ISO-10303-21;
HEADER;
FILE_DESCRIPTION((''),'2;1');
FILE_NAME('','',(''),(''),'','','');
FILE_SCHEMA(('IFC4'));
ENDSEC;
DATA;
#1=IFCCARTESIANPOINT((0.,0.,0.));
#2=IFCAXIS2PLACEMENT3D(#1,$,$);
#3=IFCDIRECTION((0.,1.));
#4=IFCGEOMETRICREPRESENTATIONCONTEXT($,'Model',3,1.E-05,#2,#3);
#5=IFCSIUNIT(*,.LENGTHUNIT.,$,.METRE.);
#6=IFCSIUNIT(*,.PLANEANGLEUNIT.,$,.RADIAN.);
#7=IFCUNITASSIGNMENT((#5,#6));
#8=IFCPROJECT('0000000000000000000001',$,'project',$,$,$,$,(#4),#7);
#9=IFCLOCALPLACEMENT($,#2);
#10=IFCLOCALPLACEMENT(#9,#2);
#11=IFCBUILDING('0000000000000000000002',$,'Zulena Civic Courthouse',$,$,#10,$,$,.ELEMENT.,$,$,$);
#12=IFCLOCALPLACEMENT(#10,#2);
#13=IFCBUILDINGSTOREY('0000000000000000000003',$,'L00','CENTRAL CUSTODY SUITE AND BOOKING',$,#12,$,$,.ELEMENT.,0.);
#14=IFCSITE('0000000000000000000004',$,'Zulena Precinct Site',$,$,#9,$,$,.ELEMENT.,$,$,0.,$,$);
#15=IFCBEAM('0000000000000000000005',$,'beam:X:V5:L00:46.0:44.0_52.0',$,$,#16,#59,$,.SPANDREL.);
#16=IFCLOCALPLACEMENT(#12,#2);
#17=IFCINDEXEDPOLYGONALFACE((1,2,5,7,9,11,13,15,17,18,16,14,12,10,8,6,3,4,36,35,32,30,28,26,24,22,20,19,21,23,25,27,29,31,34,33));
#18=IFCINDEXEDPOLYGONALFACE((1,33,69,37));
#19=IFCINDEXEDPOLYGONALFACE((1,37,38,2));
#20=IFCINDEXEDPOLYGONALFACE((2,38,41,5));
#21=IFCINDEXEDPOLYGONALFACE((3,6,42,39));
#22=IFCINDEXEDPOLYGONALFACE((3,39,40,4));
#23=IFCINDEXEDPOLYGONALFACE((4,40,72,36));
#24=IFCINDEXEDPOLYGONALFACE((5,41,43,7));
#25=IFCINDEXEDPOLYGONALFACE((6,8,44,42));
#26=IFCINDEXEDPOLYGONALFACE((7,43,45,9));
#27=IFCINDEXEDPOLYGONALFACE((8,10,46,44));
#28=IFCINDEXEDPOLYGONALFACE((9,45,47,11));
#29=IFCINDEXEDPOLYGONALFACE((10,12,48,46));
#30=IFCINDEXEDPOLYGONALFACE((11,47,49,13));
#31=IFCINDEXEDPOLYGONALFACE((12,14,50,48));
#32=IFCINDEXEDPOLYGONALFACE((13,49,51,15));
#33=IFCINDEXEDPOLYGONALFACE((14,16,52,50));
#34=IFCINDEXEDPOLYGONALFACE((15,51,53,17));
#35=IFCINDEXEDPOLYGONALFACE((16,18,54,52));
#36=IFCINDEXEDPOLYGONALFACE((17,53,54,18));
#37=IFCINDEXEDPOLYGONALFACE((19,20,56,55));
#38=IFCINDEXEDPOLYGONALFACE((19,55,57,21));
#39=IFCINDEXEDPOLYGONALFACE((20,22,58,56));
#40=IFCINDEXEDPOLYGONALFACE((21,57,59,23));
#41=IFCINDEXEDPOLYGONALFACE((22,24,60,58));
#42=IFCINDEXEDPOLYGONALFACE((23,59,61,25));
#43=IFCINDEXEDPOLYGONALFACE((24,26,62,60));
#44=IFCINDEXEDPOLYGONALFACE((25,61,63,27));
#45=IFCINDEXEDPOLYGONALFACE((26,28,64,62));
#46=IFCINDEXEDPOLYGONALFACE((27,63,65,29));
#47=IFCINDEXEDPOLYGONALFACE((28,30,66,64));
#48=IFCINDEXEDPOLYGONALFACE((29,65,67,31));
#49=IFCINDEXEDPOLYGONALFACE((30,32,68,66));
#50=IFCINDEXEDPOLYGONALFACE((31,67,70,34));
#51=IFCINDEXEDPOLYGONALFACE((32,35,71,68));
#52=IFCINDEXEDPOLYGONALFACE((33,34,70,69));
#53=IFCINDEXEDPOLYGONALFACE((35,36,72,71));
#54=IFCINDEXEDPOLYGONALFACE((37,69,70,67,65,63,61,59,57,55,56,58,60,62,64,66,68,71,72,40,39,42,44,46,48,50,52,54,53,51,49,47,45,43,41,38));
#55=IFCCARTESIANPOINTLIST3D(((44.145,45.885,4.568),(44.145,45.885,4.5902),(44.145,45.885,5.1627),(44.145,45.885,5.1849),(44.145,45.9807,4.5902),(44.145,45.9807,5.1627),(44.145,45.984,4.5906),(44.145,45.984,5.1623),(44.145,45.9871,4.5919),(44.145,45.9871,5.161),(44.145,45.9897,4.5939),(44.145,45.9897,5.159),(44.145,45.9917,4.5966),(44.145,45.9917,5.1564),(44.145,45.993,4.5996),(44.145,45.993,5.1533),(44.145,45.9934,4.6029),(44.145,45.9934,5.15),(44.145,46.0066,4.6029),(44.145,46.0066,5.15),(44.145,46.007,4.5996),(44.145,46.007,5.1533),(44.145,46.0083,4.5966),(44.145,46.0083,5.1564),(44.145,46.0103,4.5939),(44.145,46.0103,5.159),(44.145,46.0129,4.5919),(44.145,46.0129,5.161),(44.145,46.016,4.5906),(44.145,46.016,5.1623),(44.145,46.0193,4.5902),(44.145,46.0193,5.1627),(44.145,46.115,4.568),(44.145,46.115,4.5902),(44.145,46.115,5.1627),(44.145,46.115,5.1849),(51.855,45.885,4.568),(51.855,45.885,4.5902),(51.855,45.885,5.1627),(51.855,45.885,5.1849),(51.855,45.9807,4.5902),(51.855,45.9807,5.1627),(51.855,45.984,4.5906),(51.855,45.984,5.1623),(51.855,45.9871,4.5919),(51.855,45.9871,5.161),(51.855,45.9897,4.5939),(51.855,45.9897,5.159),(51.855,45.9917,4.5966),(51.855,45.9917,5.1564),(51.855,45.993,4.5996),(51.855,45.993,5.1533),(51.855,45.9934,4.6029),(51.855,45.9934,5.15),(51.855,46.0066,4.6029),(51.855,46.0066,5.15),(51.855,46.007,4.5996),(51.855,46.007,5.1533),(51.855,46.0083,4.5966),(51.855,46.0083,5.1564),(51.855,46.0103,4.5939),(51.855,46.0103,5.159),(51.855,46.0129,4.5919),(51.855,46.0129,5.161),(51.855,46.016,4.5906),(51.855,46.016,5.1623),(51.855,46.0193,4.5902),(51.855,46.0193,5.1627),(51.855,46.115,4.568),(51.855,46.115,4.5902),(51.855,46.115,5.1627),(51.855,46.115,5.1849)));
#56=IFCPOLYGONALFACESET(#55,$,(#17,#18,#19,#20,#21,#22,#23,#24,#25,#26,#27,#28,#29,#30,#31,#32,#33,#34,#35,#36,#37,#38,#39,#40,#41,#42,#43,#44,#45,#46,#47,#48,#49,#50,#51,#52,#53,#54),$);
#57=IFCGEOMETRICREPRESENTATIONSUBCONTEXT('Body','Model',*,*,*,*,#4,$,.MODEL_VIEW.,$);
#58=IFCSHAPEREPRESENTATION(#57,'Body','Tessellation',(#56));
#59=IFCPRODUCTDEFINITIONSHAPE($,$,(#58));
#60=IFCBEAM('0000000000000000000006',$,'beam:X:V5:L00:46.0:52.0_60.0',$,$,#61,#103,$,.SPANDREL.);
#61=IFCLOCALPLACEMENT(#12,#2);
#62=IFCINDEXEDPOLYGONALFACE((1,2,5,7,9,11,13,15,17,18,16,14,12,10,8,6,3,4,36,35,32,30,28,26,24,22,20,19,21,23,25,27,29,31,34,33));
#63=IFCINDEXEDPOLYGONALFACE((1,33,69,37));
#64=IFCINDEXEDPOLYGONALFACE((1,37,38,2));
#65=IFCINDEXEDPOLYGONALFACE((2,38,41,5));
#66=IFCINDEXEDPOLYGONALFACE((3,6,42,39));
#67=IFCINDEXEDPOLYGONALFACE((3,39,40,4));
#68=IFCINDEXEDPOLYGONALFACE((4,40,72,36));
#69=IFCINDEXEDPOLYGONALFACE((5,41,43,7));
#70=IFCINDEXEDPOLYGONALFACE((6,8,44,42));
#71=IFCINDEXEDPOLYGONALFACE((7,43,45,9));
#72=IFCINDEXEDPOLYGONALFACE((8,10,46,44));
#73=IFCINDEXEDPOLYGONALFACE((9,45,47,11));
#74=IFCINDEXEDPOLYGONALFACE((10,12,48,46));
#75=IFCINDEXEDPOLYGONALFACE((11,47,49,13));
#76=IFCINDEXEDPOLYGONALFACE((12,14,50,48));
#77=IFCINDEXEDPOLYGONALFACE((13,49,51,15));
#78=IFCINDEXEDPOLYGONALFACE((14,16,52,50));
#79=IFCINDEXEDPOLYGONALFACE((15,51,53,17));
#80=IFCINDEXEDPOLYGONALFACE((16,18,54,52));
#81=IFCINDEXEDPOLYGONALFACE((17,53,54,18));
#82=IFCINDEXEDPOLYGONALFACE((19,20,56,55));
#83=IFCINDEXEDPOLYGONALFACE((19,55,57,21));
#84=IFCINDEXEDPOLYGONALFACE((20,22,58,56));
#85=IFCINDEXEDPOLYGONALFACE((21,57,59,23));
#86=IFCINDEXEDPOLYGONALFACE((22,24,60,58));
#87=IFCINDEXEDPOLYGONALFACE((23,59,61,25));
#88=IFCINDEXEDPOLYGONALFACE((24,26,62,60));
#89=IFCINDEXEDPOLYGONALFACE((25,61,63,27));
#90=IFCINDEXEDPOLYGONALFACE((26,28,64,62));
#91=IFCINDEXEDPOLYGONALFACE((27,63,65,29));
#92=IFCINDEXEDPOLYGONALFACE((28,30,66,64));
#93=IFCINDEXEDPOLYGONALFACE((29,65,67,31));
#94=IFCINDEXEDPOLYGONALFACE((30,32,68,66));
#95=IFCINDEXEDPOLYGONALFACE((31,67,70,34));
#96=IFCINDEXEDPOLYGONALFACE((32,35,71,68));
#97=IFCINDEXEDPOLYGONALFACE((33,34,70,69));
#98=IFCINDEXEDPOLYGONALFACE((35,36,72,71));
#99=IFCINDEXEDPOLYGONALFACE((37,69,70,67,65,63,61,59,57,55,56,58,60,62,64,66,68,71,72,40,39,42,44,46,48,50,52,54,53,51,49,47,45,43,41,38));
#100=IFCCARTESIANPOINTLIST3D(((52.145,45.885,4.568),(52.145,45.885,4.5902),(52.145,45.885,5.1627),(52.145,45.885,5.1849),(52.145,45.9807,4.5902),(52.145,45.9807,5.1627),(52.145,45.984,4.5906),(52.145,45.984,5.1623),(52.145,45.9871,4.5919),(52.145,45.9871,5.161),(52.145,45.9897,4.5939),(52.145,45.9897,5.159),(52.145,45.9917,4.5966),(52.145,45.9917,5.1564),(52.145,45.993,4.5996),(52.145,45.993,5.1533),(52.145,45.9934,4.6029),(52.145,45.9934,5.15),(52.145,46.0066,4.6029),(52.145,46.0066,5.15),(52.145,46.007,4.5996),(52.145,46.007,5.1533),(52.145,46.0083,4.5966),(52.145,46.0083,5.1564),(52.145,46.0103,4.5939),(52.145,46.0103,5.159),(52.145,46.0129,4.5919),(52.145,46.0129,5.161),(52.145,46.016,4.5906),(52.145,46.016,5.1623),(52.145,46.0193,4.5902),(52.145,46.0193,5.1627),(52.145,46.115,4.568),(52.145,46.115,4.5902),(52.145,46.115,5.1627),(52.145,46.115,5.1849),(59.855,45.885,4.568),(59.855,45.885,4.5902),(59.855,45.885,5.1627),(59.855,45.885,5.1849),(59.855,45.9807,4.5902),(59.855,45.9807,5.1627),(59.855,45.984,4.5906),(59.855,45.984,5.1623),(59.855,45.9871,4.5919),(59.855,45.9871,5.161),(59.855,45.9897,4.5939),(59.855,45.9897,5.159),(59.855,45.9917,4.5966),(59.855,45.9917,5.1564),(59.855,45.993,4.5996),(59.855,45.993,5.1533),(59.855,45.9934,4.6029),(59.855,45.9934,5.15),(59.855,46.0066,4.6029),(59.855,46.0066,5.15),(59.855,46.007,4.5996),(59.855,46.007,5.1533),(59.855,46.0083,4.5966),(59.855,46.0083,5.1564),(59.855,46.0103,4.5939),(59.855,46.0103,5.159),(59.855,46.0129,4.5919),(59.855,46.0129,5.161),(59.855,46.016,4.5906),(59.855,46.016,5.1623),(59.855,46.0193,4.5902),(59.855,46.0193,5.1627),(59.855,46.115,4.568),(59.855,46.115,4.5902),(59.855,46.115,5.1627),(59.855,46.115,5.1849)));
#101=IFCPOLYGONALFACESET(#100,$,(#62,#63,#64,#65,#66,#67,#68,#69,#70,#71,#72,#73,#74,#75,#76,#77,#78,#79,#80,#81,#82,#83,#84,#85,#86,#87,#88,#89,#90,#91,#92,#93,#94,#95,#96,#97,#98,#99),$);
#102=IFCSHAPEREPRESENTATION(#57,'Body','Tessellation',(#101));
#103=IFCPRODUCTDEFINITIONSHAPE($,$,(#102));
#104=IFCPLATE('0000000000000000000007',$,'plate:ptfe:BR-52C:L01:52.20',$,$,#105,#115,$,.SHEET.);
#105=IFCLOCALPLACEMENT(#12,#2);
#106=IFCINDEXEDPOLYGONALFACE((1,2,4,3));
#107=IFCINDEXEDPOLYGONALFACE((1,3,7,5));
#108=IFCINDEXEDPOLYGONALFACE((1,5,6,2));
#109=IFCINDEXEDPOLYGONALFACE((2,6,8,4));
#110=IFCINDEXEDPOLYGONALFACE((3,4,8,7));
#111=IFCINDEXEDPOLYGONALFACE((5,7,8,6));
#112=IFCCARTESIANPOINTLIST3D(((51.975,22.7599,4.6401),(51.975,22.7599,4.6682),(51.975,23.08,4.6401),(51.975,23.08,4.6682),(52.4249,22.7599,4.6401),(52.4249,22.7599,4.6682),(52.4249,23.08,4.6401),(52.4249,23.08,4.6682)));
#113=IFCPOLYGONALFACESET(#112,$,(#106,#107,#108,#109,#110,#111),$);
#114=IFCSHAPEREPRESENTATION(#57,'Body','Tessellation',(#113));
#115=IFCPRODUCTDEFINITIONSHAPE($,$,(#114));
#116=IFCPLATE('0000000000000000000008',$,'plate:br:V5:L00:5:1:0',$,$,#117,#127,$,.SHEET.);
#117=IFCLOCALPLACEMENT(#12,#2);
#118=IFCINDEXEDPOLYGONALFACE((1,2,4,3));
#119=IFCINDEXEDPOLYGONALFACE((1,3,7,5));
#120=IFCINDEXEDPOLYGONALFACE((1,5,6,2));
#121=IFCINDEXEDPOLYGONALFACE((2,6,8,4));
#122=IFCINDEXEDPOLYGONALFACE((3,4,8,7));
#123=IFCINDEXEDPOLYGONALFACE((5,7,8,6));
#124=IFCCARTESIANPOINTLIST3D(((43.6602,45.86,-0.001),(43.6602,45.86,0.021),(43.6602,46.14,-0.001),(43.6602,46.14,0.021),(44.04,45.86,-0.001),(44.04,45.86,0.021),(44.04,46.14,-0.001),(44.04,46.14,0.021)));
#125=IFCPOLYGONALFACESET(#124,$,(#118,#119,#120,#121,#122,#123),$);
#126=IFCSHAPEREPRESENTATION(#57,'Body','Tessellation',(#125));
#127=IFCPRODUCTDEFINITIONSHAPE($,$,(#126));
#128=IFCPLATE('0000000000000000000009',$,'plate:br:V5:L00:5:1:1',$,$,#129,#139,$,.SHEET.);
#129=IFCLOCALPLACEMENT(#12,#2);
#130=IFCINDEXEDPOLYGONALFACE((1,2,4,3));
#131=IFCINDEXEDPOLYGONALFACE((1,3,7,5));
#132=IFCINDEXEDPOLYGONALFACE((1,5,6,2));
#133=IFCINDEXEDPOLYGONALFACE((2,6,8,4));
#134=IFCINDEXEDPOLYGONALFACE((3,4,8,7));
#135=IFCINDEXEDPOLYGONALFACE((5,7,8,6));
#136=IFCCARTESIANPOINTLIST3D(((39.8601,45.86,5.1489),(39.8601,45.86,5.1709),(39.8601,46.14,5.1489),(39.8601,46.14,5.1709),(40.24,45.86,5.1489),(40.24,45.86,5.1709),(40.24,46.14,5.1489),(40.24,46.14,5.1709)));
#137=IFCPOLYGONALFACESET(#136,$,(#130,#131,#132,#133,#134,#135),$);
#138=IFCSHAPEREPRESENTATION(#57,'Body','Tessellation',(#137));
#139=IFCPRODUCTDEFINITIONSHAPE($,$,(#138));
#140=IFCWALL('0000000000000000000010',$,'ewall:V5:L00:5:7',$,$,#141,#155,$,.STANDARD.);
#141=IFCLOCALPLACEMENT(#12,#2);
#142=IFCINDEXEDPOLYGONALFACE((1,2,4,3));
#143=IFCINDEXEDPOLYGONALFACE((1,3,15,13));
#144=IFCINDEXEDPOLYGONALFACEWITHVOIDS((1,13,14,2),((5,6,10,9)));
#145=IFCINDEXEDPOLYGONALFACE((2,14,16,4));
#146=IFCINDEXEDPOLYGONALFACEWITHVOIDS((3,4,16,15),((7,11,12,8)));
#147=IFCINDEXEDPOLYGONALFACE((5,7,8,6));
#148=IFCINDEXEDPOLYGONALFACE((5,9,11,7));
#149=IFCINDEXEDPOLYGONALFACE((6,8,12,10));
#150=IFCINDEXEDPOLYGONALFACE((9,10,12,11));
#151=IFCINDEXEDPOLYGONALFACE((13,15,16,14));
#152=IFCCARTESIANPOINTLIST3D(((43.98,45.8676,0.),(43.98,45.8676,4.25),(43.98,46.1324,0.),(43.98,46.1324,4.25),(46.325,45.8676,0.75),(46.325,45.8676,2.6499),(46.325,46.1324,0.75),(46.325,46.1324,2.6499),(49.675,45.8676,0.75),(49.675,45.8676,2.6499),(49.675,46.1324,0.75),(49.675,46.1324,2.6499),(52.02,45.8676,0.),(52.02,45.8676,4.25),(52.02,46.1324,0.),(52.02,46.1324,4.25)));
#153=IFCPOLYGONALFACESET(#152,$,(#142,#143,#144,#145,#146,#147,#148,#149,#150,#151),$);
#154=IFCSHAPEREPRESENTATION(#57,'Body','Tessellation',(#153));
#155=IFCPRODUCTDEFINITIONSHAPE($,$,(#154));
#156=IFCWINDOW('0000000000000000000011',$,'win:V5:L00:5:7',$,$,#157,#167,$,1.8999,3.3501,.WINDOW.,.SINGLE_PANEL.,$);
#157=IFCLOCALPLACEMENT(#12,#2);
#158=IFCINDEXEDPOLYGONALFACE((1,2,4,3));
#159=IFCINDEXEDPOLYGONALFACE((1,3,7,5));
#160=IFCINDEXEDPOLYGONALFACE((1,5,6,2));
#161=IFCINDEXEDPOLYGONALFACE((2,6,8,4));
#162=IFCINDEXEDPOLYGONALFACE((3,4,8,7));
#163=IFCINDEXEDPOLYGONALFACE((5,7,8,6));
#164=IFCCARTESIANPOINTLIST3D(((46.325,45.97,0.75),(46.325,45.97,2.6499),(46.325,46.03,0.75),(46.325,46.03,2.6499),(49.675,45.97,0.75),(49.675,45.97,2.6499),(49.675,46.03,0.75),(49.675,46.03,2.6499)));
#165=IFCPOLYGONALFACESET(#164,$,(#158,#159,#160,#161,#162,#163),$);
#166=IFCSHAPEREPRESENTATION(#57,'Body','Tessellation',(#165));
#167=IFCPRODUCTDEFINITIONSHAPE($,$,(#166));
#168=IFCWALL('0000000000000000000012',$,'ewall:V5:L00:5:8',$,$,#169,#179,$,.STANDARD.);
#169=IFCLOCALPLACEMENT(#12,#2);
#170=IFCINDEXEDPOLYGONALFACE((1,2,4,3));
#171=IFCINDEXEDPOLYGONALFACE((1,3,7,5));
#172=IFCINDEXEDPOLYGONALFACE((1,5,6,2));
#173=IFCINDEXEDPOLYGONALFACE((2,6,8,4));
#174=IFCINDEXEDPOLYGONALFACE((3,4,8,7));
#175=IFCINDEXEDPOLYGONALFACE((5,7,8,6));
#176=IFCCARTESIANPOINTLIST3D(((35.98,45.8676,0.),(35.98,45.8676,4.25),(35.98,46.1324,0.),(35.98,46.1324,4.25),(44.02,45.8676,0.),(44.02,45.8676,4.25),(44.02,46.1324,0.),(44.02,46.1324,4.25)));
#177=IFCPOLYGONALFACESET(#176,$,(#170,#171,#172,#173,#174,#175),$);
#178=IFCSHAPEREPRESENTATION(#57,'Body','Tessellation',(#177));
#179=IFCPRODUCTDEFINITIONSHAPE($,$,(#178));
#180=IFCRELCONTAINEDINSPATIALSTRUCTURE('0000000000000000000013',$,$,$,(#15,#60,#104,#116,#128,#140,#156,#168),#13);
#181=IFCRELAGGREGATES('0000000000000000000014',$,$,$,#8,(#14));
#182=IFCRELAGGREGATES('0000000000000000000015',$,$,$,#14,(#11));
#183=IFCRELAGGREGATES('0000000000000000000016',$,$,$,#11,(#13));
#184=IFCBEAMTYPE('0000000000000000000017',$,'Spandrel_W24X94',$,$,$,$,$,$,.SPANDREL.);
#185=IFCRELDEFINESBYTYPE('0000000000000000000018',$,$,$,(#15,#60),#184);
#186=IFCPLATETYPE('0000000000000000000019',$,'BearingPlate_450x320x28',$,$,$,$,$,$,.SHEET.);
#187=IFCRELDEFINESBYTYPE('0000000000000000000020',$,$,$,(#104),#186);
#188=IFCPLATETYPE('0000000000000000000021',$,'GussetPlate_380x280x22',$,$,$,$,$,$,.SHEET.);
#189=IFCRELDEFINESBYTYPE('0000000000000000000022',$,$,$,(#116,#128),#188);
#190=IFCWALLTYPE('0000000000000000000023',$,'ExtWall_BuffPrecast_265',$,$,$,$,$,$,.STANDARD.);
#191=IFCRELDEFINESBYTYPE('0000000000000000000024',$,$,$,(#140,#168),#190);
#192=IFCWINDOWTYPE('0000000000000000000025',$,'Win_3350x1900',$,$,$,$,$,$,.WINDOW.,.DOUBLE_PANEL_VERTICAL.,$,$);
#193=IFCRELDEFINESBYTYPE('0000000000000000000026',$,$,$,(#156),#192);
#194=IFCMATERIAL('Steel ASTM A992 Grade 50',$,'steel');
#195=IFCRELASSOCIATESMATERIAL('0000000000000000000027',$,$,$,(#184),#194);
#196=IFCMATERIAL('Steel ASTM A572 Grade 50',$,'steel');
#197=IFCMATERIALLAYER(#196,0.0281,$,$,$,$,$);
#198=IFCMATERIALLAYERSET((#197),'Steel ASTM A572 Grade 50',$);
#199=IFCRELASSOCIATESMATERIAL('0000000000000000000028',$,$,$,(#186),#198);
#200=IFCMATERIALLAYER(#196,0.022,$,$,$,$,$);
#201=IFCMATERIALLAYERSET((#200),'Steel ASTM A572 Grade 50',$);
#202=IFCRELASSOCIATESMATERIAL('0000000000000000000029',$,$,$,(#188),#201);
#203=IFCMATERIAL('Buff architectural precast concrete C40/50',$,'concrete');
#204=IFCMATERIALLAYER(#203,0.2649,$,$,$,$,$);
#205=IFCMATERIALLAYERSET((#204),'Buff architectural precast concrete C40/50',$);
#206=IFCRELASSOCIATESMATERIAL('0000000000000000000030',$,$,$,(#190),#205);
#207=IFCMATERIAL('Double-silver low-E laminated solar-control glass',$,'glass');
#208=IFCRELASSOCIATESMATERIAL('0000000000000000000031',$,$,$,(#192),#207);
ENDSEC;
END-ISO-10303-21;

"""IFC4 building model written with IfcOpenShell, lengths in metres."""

from ifc_helpers import new_model, si_unit, direction, frame, frame_2d, origin, origin_2d, place, context, subcontext, project, spatial, rectangle, i_section, extrude, material, layer, layer_set, material_profile, profile_set, type_object, element, fill, save


model = new_model("IFC4")

# Units and contexts
model_context = context("Model", 3, precision=1e-05, world=origin(), true_north=direction((0.0, 1.0)))
body_context = subcontext(model_context, "Body", "Model", "MODEL_VIEW")
ifc_project = project(units=[si_unit("LENGTHUNIT", "METRE"), si_unit("PLANEANGLEUNIT", "RADIAN")], contexts=[model_context])

# Site, building, storey
site_placement = place(None, origin())
site = spatial("IfcSite", under=ifc_project, at=site_placement, Name="Zulena Precinct Site", CompositionType="ELEMENT", RefElevation=0.0)
building_placement = place(site_placement, origin())
building = spatial("IfcBuilding", under=site, at=building_placement, Name="Zulena Civic Courthouse", CompositionType="ELEMENT")
storey_placement = place(building_placement, origin())
storey = spatial("IfcBuildingStorey", under=building, at=storey_placement, Name="L00", Description="CENTRAL CUSTODY SUITE AND BOOKING", CompositionType="ELEMENT", Elevation=0.0)

# Shared definitions
ifc_material_1 = material(Name="Steel ASTM A992 Grade 50", Category="steel")

# Beams
ifc_material_profile_1 = material_profile(ifc_material_1, i_section(OverallWidth=0.23, OverallDepth=0.6169, WebThickness=0.0132, FlangeThickness=0.0222, FilletRadius=0.0127, at=origin_2d()), Name="W24X94")
ifc_profile_set_1 = profile_set([ifc_material_profile_1], Name="Steel ASTM A992 Grade 50")
beam_type_1 = type_object("IfcBeamType", Name="Spandrel_W24X94", PredefinedType="SPANDREL", material=ifc_profile_set_1)
for number, where, z_axis, x_axis, name in (
    (1, (44.145, 46.0, 4.8765), (1.0, 0.0, 0.0), (0.0, 1.0, 0.0), "beam:X:V5:L00:46.0:44.0_52.0"),
    (2, (52.145, 46.0, 4.8765), (1.0, 0.0, 0.0), (0.0, 1.0, 0.0), "beam:X:V5:L00:46.0:52.0_60.0"),
):
    element("IfcBeam", number, at=place(storey_placement, frame(where, z_axis=z_axis, x_axis=x_axis)), inside=storey, type_object=beam_type_1, Name=name, PredefinedType="SPANDREL", context=body_context, shape_type="SweptSolid", body=[
        extrude(i_section(OverallWidth=0.23, OverallDepth=0.6169, WebThickness=0.0132, FlangeThickness=0.0222, FilletRadius=0.0127, at=origin_2d()), origin(), (0.0, 0.0, 1.0), 7.71),
    ])

# Plates
ifc_material_2 = material(Name="Steel ASTM A572 Grade 50", Category="steel")
ifc_layer_1 = layer(ifc_material_2, 0.0281)
ifc_layer_set_1 = layer_set([ifc_layer_1], Name="Steel ASTM A572 Grade 50")
plate_type_1 = type_object("IfcPlateType", Name="BearingPlate_450x320x28", PredefinedType="SHEET", material=ifc_layer_set_1)
plate_placement = place(storey_placement, frame((52.2, 22.9199, 4.6401), z_axis=(0.0, 0.0, 1.0), x_axis=(1.0, 0.0, 0.0)))
element("IfcPlate", 3, at=plate_placement, inside=storey, type_object=plate_type_1, Name="plate:ptfe:BR-52C:L01:52.20", PredefinedType="SHEET", context=body_context, shape_type="SweptSolid", body=[
    extrude(rectangle(XDim=0.45, YDim=0.3201, at=origin_2d()), origin(), (0.0, 0.0, 1.0), 0.0281),
])
ifc_layer_2 = layer(ifc_material_2, 0.022)
ifc_layer_set_2 = layer_set([ifc_layer_2], Name="Steel ASTM A572 Grade 50")
plate_type_2 = type_object("IfcPlateType", Name="GussetPlate_380x280x22", PredefinedType="SHEET", material=ifc_layer_set_2)
for number, where, z_axis, x_axis, name in (
    (4, (43.8501, 46.0, -0.001), (0.0, 0.0, 1.0), (1.0, 0.0, 0.0), "plate:br:V5:L00:5:1:0"),
    (5, (40.05, 46.0, 5.1489), (0.0, 0.0, 1.0), (1.0, 0.0, 0.0), "plate:br:V5:L00:5:1:1"),
):
    element("IfcPlate", number, at=place(storey_placement, frame(where, z_axis=z_axis, x_axis=x_axis)), inside=storey, type_object=plate_type_2, Name=name, PredefinedType="SHEET", context=body_context, shape_type="SweptSolid", body=[
        extrude(rectangle(XDim=0.3799, YDim=0.28, at=origin_2d()), origin(), (0.0, 0.0, 1.0), 0.022),
    ])

# Wall, opening, window
ifc_material_3 = material(Name="Buff architectural precast concrete C40/50", Category="concrete")
ifc_layer_3 = layer(ifc_material_3, 0.2649)
ifc_layer_set_3 = layer_set([ifc_layer_3], Name="Buff architectural precast concrete C40/50")
wall_type = type_object("IfcWallType", Name="ExtWall_BuffPrecast_265", PredefinedType="STANDARD", material=ifc_layer_set_3)
wall_1_placement = place(storey_placement, frame((52.02, 46.0, 0.0), z_axis=(0.0, 0.0, 1.0), x_axis=(-1.0, 0.0, 0.0)))
wall_1 = element("IfcWall", 6, at=wall_1_placement, inside=storey, type_object=wall_type, Name="ewall:V5:L00:5:7", PredefinedType="STANDARD", context=body_context, shape_type="SweptSolid", body=[
    extrude(rectangle(XDim=8.04, YDim=0.2649, at=frame_2d((4.02, 0.0))), origin(), (0.0, 0.0, 1.0), 4.25),
])
opening_placement = place(wall_1_placement, frame((2.345, 0.0, 0.75)))
opening = element("IfcOpeningElement", 7, at=opening_placement, cuts=wall_1, PredefinedType="OPENING", context=body_context, shape_type="SweptSolid", body=[
    extrude(rectangle(XDim=3.3501, YDim=1.8999, at=frame_2d((1.675, 0.95))), frame((0.0, 0.1423, 0.0), z_axis=(0.0, -1.0, 0.0), x_axis=(1.0, 0.0, 0.0)), (0.0, 0.0, 1.0), 0.2849),
])
ifc_material_4 = material(Name="Double-silver low-E laminated solar-control glass", Category="glass")
window_type = type_object("IfcWindowType", Name="Win_3350x1900", PartitioningType="DOUBLE_PANEL_VERTICAL", PredefinedType="WINDOW", material=ifc_material_4)
window_placement = place(opening_placement, origin())
window = element("IfcWindow", 8, at=window_placement, inside=storey, type_object=window_type, Name="win:V5:L00:5:7", OverallHeight=1.8999, OverallWidth=3.3501, PartitioningType="SINGLE_PANEL", PredefinedType="WINDOW", context=body_context, shape_type="SweptSolid", body=[
    extrude(rectangle(XDim=3.3501, YDim=1.8999, at=frame_2d((1.675, 0.95))), frame((0.0, 0.03, 0.0), z_axis=(0.0, -1.0, 0.0), x_axis=(1.0, 0.0, 0.0)), (0.0, 0.0, 1.0), 0.0601),
])
fill(opening, window)

# Wall
wall_2_placement = place(storey_placement, frame((44.02, 46.0, 0.0), z_axis=(0.0, 0.0, 1.0), x_axis=(-1.0, 0.0, 0.0)))
element("IfcWall", 9, at=wall_2_placement, inside=storey, type_object=wall_type, Name="ewall:V5:L00:5:8", PredefinedType="STANDARD", context=body_context, shape_type="SweptSolid", body=[
    extrude(rectangle(XDim=8.04, YDim=0.2649, at=frame_2d((4.02, 0.0))), origin(), (0.0, 0.0, 1.0), 4.25),
])

save(model, "model.ifc")
